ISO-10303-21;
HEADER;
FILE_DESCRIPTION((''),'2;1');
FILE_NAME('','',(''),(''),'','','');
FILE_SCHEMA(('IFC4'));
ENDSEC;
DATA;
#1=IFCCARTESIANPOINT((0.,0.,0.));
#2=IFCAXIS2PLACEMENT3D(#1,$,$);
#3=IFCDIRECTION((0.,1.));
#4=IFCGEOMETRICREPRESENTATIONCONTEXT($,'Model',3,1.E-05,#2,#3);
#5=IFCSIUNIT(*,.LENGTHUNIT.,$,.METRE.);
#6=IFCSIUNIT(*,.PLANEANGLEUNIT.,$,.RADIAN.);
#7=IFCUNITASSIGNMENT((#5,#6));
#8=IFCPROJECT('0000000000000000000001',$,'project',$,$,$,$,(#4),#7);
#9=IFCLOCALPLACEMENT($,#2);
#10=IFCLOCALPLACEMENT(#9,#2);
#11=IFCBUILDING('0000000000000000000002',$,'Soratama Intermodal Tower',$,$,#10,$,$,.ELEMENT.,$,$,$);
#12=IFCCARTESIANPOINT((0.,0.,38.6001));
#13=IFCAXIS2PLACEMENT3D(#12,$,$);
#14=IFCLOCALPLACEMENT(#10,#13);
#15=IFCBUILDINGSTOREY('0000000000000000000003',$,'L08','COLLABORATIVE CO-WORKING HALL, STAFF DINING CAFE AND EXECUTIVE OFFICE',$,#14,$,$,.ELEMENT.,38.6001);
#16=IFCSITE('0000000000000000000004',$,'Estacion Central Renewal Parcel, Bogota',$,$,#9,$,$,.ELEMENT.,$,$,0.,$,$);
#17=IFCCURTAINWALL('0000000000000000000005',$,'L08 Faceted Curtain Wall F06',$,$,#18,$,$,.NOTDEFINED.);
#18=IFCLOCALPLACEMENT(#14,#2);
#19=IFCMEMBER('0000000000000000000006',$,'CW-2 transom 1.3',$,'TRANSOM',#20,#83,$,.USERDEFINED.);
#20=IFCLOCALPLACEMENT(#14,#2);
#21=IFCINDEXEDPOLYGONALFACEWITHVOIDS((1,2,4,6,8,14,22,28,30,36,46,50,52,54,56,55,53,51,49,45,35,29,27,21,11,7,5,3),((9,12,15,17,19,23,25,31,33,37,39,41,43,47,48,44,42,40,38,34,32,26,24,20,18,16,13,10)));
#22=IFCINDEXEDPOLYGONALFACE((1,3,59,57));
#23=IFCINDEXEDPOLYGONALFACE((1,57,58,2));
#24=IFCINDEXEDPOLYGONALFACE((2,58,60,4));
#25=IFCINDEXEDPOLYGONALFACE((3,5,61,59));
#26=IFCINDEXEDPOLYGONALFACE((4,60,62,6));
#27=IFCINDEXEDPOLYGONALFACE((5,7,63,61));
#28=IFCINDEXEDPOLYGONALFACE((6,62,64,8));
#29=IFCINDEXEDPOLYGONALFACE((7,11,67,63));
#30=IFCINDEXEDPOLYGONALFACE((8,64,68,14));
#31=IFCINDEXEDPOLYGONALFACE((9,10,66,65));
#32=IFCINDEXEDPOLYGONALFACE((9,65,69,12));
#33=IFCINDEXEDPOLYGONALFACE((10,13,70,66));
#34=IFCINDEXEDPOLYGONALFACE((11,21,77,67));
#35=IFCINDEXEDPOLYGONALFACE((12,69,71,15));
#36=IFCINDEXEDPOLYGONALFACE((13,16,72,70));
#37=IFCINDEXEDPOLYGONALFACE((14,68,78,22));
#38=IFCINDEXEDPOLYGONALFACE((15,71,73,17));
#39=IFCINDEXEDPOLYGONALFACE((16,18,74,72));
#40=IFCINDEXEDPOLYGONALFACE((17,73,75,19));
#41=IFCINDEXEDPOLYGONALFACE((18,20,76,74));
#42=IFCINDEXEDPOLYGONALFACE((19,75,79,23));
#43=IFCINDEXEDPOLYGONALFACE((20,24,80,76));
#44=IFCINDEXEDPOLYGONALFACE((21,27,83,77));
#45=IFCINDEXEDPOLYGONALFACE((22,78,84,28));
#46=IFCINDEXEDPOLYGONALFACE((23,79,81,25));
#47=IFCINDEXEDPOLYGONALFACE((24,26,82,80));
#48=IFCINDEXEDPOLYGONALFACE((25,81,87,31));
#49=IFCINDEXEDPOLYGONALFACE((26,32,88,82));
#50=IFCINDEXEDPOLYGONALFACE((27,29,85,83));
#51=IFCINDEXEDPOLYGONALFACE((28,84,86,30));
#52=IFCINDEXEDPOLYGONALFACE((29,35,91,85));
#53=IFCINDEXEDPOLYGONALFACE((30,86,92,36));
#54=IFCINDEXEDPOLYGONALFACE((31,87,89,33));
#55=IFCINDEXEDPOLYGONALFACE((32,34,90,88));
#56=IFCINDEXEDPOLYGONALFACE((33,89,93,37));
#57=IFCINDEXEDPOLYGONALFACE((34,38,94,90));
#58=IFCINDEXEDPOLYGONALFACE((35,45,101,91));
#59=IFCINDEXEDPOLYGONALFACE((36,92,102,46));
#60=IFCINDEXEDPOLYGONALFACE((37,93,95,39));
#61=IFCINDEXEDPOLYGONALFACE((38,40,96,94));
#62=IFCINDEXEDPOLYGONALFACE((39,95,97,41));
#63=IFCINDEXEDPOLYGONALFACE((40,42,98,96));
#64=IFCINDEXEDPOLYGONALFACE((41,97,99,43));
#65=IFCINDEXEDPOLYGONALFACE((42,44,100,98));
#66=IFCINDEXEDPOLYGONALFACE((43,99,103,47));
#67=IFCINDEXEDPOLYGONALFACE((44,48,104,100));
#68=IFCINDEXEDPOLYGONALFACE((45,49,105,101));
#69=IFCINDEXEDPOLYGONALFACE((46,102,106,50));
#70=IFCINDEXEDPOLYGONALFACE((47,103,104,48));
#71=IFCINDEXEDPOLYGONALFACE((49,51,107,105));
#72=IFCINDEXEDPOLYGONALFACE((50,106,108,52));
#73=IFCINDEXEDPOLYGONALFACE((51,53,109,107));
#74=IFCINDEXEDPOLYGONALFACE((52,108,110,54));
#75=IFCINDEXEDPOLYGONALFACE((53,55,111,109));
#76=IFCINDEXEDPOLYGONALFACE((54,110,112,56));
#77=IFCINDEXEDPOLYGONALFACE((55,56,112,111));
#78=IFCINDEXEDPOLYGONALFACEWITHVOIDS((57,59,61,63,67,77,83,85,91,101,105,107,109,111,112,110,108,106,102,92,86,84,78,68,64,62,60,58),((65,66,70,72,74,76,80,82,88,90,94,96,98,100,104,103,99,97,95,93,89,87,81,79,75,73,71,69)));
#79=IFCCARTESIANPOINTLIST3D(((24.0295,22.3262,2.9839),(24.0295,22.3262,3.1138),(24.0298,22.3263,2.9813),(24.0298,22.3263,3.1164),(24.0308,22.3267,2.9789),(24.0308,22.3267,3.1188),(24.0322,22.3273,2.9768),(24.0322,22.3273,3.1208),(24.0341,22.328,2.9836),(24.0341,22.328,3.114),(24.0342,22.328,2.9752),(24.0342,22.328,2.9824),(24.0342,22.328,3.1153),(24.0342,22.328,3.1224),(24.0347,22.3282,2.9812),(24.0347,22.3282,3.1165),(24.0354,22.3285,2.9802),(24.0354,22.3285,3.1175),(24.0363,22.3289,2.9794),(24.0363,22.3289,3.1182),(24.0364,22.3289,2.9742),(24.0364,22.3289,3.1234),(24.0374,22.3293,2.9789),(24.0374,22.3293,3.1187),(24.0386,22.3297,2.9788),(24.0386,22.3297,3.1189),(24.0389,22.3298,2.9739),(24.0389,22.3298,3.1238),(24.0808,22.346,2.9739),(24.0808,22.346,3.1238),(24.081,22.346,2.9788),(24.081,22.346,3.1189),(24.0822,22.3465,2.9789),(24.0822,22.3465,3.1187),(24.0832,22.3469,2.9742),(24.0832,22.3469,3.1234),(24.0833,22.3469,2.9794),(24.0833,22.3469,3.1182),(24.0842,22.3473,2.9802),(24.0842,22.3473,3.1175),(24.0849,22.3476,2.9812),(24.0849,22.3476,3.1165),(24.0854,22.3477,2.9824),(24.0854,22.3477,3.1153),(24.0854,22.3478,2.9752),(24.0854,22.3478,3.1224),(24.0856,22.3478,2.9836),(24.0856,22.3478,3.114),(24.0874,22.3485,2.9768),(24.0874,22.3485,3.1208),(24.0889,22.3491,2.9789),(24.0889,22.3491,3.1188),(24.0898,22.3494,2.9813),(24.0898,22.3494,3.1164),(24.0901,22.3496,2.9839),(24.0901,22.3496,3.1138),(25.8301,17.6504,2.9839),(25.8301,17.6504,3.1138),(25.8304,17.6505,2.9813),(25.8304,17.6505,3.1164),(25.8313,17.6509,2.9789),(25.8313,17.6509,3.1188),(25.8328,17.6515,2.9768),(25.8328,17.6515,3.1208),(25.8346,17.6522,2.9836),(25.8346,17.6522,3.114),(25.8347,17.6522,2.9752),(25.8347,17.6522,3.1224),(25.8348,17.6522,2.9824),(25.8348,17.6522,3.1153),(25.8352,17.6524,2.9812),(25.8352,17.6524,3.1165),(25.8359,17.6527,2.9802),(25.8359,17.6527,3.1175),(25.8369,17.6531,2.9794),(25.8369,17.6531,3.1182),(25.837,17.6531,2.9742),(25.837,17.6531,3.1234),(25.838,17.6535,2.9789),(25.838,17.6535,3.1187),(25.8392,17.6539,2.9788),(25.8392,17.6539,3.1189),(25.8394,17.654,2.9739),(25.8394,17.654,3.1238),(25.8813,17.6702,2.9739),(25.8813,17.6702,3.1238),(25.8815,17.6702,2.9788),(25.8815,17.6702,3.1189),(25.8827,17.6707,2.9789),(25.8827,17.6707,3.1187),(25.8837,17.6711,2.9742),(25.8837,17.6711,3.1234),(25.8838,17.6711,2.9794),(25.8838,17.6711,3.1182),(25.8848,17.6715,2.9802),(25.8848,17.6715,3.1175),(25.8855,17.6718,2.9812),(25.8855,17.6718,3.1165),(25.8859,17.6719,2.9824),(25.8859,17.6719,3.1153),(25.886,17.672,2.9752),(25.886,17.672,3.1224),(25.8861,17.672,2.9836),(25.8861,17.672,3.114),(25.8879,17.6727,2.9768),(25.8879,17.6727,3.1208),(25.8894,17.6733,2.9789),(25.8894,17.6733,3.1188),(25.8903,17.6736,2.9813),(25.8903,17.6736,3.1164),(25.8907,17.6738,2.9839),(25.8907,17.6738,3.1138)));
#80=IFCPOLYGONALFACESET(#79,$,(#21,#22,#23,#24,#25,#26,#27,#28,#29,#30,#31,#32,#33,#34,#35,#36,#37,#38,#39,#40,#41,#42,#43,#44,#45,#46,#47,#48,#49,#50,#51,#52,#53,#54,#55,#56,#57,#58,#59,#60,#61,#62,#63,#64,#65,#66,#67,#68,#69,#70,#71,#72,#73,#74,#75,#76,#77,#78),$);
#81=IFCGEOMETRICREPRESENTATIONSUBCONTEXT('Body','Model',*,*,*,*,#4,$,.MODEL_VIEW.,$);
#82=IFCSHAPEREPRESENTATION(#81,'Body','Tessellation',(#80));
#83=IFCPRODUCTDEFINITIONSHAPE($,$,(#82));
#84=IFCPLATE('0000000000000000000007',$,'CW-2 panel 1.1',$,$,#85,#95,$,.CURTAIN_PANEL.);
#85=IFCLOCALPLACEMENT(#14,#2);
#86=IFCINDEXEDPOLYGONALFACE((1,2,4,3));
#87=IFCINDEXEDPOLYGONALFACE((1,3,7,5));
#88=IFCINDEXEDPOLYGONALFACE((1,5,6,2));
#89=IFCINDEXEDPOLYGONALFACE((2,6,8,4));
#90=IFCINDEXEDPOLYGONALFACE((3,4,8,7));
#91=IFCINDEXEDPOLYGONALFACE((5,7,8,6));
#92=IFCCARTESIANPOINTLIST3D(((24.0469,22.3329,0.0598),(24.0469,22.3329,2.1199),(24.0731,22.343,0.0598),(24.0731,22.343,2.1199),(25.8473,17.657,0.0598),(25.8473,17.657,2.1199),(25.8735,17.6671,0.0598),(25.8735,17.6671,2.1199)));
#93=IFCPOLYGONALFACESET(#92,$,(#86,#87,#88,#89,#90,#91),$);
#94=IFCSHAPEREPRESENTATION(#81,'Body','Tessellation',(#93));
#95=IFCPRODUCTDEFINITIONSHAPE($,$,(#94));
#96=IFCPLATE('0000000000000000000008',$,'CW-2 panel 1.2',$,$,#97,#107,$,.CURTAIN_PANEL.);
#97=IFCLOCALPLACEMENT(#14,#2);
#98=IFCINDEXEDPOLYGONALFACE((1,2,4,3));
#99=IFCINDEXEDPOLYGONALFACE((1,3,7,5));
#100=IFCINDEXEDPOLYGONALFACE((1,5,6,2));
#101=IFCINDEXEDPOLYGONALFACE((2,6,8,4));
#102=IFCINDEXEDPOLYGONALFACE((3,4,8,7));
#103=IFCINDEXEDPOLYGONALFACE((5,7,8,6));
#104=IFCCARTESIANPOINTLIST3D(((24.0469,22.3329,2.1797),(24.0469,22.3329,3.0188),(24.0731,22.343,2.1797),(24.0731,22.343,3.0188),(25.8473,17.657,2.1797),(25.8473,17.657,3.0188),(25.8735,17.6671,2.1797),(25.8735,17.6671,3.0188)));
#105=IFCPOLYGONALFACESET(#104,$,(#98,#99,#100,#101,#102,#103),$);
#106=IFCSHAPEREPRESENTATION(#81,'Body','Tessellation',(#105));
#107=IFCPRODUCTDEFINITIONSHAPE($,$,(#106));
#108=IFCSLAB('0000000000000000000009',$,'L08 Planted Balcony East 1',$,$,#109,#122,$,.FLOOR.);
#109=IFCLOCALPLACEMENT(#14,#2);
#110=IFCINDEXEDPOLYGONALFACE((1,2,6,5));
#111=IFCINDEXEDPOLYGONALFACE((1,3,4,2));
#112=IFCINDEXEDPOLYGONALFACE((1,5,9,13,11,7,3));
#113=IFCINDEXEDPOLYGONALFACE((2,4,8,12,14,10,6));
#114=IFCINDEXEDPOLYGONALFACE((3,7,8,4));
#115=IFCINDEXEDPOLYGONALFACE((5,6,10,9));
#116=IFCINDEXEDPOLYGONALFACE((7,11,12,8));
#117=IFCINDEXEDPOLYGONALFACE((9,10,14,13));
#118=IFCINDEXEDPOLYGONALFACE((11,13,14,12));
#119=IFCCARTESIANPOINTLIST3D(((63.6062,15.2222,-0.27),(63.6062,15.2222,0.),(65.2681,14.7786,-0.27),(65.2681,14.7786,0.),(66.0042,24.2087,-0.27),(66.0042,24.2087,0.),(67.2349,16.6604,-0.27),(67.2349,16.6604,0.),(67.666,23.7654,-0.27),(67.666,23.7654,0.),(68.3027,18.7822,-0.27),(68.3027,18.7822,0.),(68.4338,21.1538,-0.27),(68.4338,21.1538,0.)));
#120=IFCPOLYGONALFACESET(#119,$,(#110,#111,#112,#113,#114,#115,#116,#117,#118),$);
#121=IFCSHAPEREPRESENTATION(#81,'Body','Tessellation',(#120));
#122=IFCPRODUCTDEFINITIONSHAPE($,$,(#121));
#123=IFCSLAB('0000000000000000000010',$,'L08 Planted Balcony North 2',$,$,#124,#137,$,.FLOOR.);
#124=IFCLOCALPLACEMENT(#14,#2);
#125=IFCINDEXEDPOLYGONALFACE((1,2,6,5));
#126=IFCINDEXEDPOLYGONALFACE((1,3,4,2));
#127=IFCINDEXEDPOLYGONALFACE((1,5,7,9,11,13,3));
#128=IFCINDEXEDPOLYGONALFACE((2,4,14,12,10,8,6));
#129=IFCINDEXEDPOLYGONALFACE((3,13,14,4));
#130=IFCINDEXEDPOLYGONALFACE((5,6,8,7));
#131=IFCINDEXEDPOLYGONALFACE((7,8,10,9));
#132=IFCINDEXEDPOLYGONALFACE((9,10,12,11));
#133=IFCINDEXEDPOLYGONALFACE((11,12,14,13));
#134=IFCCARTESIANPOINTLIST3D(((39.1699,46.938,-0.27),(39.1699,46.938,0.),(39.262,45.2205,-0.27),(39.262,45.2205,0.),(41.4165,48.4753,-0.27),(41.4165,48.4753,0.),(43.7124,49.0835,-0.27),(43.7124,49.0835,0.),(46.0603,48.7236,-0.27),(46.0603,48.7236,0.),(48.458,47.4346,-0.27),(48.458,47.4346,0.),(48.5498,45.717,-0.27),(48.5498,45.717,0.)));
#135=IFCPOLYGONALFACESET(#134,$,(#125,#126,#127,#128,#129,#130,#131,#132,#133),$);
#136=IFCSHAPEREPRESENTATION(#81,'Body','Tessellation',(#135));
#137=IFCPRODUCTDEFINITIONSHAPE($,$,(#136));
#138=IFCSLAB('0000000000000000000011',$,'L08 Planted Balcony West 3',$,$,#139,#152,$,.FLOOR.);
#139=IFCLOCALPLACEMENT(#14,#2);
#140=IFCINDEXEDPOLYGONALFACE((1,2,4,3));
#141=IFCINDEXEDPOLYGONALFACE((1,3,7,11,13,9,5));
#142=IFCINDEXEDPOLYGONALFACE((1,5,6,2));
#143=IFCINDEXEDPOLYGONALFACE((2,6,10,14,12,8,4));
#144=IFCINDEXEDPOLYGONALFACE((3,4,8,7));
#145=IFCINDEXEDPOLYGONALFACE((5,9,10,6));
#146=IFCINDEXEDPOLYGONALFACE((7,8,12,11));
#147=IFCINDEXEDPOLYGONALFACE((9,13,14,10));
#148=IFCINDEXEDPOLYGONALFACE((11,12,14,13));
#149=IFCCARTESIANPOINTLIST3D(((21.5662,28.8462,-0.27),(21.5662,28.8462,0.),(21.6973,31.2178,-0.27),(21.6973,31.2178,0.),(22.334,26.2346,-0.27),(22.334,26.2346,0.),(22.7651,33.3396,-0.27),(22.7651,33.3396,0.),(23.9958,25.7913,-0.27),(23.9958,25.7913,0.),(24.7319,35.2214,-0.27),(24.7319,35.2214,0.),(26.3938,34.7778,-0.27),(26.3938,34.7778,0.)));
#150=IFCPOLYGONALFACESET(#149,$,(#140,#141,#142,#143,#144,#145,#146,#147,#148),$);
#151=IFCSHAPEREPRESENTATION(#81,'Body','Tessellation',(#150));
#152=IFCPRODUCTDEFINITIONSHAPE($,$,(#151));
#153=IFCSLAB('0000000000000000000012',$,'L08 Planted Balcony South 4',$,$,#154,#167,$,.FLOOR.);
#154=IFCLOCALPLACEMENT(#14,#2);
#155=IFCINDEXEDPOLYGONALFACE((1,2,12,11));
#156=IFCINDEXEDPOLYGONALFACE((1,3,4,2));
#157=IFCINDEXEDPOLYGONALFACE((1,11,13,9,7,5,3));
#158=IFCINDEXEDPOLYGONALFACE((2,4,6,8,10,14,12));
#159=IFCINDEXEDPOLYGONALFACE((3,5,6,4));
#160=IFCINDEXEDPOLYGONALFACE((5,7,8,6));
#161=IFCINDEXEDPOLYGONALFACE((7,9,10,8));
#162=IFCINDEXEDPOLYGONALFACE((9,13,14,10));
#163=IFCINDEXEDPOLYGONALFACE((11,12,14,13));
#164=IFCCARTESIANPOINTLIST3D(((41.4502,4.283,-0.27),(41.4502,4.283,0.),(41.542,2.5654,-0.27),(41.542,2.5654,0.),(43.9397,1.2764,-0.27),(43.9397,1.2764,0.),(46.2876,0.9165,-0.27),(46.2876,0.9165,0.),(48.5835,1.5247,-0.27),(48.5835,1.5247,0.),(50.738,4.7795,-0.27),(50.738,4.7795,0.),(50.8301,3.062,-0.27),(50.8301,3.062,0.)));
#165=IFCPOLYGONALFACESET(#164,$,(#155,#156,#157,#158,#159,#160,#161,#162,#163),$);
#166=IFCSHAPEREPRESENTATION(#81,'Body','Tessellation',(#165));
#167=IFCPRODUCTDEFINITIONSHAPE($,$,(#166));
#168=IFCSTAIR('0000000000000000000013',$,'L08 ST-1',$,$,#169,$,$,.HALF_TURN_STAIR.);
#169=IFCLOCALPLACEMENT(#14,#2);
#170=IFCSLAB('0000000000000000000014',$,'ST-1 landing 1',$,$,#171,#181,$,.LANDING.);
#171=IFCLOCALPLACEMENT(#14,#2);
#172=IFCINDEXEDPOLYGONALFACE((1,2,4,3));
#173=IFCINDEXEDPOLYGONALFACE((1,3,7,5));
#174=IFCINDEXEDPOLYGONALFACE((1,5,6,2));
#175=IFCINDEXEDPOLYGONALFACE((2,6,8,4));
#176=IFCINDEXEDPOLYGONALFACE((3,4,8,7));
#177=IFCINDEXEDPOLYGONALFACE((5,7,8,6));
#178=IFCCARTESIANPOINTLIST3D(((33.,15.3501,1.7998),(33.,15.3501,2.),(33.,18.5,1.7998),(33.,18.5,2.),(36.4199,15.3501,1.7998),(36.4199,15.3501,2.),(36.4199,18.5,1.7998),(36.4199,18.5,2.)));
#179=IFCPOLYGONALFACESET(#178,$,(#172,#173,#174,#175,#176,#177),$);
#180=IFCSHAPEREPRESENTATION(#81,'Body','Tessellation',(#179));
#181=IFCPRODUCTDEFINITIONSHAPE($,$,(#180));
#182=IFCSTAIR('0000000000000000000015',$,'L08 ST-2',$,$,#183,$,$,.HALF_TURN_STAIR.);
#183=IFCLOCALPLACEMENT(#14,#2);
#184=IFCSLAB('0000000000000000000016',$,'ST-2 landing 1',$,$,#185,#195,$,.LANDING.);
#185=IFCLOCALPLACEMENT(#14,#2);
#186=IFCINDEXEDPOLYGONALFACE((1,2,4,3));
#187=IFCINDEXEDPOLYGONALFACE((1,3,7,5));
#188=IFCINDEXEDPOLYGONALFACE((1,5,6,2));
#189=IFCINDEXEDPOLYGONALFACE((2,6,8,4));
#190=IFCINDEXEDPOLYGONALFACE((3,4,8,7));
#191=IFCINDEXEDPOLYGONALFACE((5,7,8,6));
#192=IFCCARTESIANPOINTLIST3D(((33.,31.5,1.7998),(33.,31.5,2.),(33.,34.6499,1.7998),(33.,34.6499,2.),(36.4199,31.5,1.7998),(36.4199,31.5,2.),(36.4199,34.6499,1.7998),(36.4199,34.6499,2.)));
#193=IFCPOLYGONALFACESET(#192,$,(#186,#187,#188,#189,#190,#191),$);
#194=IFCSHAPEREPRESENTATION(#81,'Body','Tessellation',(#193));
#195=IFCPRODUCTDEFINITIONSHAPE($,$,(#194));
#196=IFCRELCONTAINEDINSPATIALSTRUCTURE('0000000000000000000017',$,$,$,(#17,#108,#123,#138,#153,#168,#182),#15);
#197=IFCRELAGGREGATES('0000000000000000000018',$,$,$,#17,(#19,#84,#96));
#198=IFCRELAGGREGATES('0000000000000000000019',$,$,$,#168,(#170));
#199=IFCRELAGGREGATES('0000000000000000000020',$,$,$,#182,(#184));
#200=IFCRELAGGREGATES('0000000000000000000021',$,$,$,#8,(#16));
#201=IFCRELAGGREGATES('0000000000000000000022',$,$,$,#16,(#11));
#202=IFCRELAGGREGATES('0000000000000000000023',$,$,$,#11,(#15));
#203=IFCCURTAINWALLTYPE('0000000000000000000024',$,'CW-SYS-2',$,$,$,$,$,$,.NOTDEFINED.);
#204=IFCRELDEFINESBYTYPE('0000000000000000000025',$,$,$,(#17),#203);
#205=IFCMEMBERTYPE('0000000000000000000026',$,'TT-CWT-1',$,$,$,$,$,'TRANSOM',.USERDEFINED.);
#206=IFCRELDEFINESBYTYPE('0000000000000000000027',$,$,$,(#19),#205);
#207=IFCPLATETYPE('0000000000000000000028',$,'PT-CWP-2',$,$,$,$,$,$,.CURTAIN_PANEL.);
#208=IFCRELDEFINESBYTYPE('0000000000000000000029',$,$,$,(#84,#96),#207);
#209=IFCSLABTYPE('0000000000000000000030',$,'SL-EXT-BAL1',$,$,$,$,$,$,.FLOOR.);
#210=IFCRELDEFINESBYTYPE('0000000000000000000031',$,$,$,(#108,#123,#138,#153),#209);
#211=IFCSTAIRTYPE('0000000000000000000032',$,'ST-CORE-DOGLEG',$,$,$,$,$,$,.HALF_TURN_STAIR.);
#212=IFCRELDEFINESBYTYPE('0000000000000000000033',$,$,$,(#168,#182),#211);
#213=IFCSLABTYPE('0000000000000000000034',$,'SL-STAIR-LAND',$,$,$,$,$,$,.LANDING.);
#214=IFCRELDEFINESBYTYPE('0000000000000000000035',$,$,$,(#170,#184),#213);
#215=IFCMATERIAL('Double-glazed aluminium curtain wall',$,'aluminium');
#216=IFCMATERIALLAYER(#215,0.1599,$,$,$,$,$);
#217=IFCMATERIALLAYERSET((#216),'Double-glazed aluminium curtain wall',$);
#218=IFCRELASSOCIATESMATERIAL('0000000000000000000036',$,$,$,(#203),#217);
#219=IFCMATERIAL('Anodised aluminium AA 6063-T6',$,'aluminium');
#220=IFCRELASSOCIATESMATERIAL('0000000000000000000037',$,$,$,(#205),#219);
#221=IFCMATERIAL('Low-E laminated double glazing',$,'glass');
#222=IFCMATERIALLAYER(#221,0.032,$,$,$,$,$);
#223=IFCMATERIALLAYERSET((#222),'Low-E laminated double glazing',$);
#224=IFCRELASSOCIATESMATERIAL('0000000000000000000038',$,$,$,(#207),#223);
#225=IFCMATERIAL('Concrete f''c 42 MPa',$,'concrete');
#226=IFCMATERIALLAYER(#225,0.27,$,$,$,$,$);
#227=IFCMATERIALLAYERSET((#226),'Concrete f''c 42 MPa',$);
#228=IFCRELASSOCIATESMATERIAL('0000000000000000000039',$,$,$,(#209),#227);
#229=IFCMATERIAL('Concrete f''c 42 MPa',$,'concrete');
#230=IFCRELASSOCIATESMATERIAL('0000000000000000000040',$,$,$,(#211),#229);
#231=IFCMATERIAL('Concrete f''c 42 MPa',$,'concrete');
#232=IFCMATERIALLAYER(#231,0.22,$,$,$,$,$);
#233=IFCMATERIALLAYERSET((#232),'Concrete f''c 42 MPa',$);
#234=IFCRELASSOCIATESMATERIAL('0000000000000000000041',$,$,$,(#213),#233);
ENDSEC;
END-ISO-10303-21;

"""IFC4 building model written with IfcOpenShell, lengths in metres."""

from ifc_helpers import new_model, si_unit, direction, frame, origin, origin_2d, place, context, subcontext, project, spatial, polyline, rectangle, hollow_rectangle, outline, extrude, material, layer, layer_set, material_profile, profile_set, type_object, element, aggregate, save


model = new_model("IFC4")

# Units and contexts
model_context = context("Model", 3, precision=1e-05, world=origin(), true_north=direction((0.0, 1.0)))
body_context = subcontext(model_context, "Body", "Model", "MODEL_VIEW")
ifc_project = project(units=[si_unit("LENGTHUNIT", "METRE"), si_unit("PLANEANGLEUNIT", "RADIAN")], contexts=[model_context])

# Site, building, storey
site_placement = place(None, origin())
site = spatial("IfcSite", under=ifc_project, at=site_placement, Name="Estacion Central Renewal Parcel, Bogota", CompositionType="ELEMENT", RefElevation=0.0)
building_placement = place(site_placement, origin())
building = spatial("IfcBuilding", under=site, at=building_placement, Name="Soratama Intermodal Tower", CompositionType="ELEMENT")
storey_placement = place(building_placement, frame((0.0, 0.0, 38.6001)))
storey = spatial("IfcBuildingStorey", under=building, at=storey_placement, Name="L08", Description="COLLABORATIVE CO-WORKING HALL, STAFF DINING CAFE AND EXECUTIVE OFFICE", CompositionType="ELEMENT", Elevation=38.6001)

# Curtain wall, member, plates
ifc_material_1 = material(Name="Double-glazed aluminium curtain wall", Category="aluminium")
ifc_layer_1 = layer(ifc_material_1, 0.1599)
ifc_layer_set_1 = layer_set([ifc_layer_1], Name="Double-glazed aluminium curtain wall")
curtain_wall_type = type_object("IfcCurtainWallType", Name="CW-SYS-2", PredefinedType="NOTDEFINED", material=ifc_layer_set_1)
curtain_wall_placement = place(storey_placement, origin())
curtain_wall = element("IfcCurtainWall", 1, at=curtain_wall_placement, inside=storey, type_object=curtain_wall_type, Name="L08 Faceted Curtain Wall F06", PredefinedType="NOTDEFINED")
ifc_material_2 = material(Name="Anodised aluminium AA 6063-T6", Category="aluminium")
ifc_material_profile_1 = material_profile(ifc_material_2, hollow_rectangle(XDim=0.0649, YDim=0.1499, WallThickness=0.0049, InnerFilletRadius=0.0049, OuterFilletRadius=0.01, at=origin_2d()), Name="CWT150X65X5")
ifc_profile_set_1 = profile_set([ifc_material_profile_1], Name="Anodised aluminium AA 6063-T6")
member_type_1 = type_object("IfcMemberType", Name="TT-CWT-1", ElementType="TRANSOM", PredefinedType="USERDEFINED", material=ifc_profile_set_1)
member_1_placement = place(storey_placement, frame((24.0598, 22.3379, 3.0488), z_axis=(0.359355, -0.933201, 0.0), x_axis=(0.933201, 0.359355, 0.0)))
member_1 = element("IfcMember", 2, at=member_1_placement, type_object=member_type_1, Name="CW-2 transom 1.3", ObjectType="TRANSOM", PredefinedType="USERDEFINED", context=body_context, shape_type="SweptSolid", body=[
    extrude(hollow_rectangle(XDim=0.0649, YDim=0.1499, WallThickness=0.0049, InnerFilletRadius=0.0049, OuterFilletRadius=0.01, at=origin_2d()), origin(), (0.0, 0.0, 1.0), 5.0105),
])
ifc_material_3 = material(Name="Low-E laminated double glazing", Category="glass")
ifc_layer_2 = layer(ifc_material_3, 0.032)
ifc_layer_set_2 = layer_set([ifc_layer_2], Name="Low-E laminated double glazing")
plate_type = type_object("IfcPlateType", Name="PT-CWP-2", PredefinedType="CURTAIN_PANEL", material=ifc_layer_set_2)
plate_1_placement = place(storey_placement, frame((24.9602, 20.0, 0.0598), z_axis=(0.0, 0.0, 1.0), x_axis=(0.359341, -0.933206, 0.0)))
plate_1 = element("IfcPlate", 3, at=plate_1_placement, type_object=plate_type, Name="CW-2 panel 1.1", PredefinedType="CURTAIN_PANEL", context=body_context, shape_type="SweptSolid", body=[
    extrude(rectangle(XDim=5.0105, YDim=0.0281, at=origin_2d()), origin(), (0.0, 0.0, 1.0), 2.0601),
])
plate_2_placement = place(storey_placement, frame((24.9602, 20.0, 2.1797), z_axis=(0.0, 0.0, 1.0), x_axis=(0.359341, -0.933206, 0.0)))
plate_2 = element("IfcPlate", 4, at=plate_2_placement, type_object=plate_type, Name="CW-2 panel 1.2", PredefinedType="CURTAIN_PANEL", context=body_context, shape_type="SweptSolid", body=[
    extrude(rectangle(XDim=5.0105, YDim=0.0281, at=origin_2d()), origin(), (0.0, 0.0, 1.0), 0.8391),
])
aggregate(curtain_wall, [member_1, plate_1, plate_2])

# Slabs
ifc_material_4 = material(Name="Concrete f'c 42 MPa", Category="concrete")
ifc_layer_3 = layer(ifc_material_4, 0.27)
ifc_layer_set_3 = layer_set([ifc_layer_3], Name="Concrete f'c 42 MPa")
slab_type_1 = type_object("IfcSlabType", Name="SL-EXT-BAL1", PredefinedType="FLOOR", material=ifc_layer_set_3)
slab_1_placement = place(storey_placement, frame((0.0, 0.0, -0.27)))
element("IfcSlab", 5, at=slab_1_placement, inside=storey, type_object=slab_type_1, Name="L08 Planted Balcony East 1", PredefinedType="FLOOR", context=body_context, shape_type="SweptSolid", body=[
    extrude(outline(polyline([(63.6062, 15.2222), (66.0042, 24.2087), (67.666, 23.7654), (68.4338, 21.1538), (68.3027, 18.7822), (67.2349, 16.6604), (65.2681, 14.7786), (63.6062, 15.2222)])), origin(), (0.0, 0.0, 1.0), 0.27),
])
slab_2_placement = place(storey_placement, frame((0.0, 0.0, -0.27)))
element("IfcSlab", 6, at=slab_2_placement, inside=storey, type_object=slab_type_1, Name="L08 Planted Balcony North 2", PredefinedType="FLOOR", context=body_context, shape_type="SweptSolid", body=[
    extrude(outline(polyline([(48.5498, 45.717), (39.262, 45.2205), (39.1699, 46.938), (41.4165, 48.4753), (43.7124, 49.0835), (46.0603, 48.7236), (48.458, 47.4346), (48.5498, 45.717)])), origin(), (0.0, 0.0, 1.0), 0.27),
])
slab_3_placement = place(storey_placement, frame((0.0, 0.0, -0.27)))
element("IfcSlab", 7, at=slab_3_placement, inside=storey, type_object=slab_type_1, Name="L08 Planted Balcony West 3", PredefinedType="FLOOR", context=body_context, shape_type="SweptSolid", body=[
    extrude(outline(polyline([(26.3938, 34.7778), (23.9958, 25.7913), (22.334, 26.2346), (21.5662, 28.8462), (21.6973, 31.2178), (22.7651, 33.3396), (24.7319, 35.2214), (26.3938, 34.7778)])), origin(), (0.0, 0.0, 1.0), 0.27),
])
slab_4_placement = place(storey_placement, frame((0.0, 0.0, -0.27)))
element("IfcSlab", 8, at=slab_4_placement, inside=storey, type_object=slab_type_1, Name="L08 Planted Balcony South 4", PredefinedType="FLOOR", context=body_context, shape_type="SweptSolid", body=[
    extrude(outline(polyline([(41.4502, 4.283), (50.738, 4.7795), (50.8301, 3.062), (48.5835, 1.5247), (46.2876, 0.9165), (43.9397, 1.2764), (41.542, 2.5654), (41.4502, 4.283)])), origin(), (0.0, 0.0, 1.0), 0.27),
])

# Stairs, slabs
ifc_material_5 = material(Name="Concrete f'c 42 MPa", Category="concrete")
stair_type = type_object("IfcStairType", Name="ST-CORE-DOGLEG", PredefinedType="HALF_TURN_STAIR", material=ifc_material_5)
stair_1_placement = place(storey_placement, origin())
stair_1 = element("IfcStair", 9, at=stair_1_placement, inside=storey, type_object=stair_type, Name="L08 ST-1", PredefinedType="HALF_TURN_STAIR")
ifc_material_6 = material(Name="Concrete f'c 42 MPa", Category="concrete")
ifc_layer_4 = layer(ifc_material_6, 0.22)
ifc_layer_set_4 = layer_set([ifc_layer_4], Name="Concrete f'c 42 MPa")
slab_type_2 = type_object("IfcSlabType", Name="SL-STAIR-LAND", PredefinedType="LANDING", material=ifc_layer_set_4)
slab_5_placement = place(storey_placement, frame((0.0, 0.0, 1.7998)))
slab_5 = element("IfcSlab", 10, at=slab_5_placement, type_object=slab_type_2, Name="ST-1 landing 1", PredefinedType="LANDING", context=body_context, shape_type="SweptSolid", body=[
    extrude(outline(polyline([(36.4199, 18.5), (33.0, 18.5), (33.0, 15.3501), (36.4199, 15.3501), (36.4199, 18.5)])), origin(), (0.0, 0.0, 1.0), 0.2002),
])
aggregate(stair_1, [slab_5])
stair_2_placement = place(storey_placement, origin())
stair_2 = element("IfcStair", 11, at=stair_2_placement, inside=storey, type_object=stair_type, Name="L08 ST-2", PredefinedType="HALF_TURN_STAIR")
slab_6_placement = place(storey_placement, frame((0.0, 0.0, 1.7998)))
slab_6 = element("IfcSlab", 12, at=slab_6_placement, type_object=slab_type_2, Name="ST-2 landing 1", PredefinedType="LANDING", context=body_context, shape_type="SweptSolid", body=[
    extrude(outline(polyline([(36.4199, 34.6499), (33.0, 34.6499), (33.0, 31.5), (36.4199, 31.5), (36.4199, 34.6499)])), origin(), (0.0, 0.0, 1.0), 0.2002),
])
aggregate(stair_2, [slab_6])

save(model, "model.ifc")
